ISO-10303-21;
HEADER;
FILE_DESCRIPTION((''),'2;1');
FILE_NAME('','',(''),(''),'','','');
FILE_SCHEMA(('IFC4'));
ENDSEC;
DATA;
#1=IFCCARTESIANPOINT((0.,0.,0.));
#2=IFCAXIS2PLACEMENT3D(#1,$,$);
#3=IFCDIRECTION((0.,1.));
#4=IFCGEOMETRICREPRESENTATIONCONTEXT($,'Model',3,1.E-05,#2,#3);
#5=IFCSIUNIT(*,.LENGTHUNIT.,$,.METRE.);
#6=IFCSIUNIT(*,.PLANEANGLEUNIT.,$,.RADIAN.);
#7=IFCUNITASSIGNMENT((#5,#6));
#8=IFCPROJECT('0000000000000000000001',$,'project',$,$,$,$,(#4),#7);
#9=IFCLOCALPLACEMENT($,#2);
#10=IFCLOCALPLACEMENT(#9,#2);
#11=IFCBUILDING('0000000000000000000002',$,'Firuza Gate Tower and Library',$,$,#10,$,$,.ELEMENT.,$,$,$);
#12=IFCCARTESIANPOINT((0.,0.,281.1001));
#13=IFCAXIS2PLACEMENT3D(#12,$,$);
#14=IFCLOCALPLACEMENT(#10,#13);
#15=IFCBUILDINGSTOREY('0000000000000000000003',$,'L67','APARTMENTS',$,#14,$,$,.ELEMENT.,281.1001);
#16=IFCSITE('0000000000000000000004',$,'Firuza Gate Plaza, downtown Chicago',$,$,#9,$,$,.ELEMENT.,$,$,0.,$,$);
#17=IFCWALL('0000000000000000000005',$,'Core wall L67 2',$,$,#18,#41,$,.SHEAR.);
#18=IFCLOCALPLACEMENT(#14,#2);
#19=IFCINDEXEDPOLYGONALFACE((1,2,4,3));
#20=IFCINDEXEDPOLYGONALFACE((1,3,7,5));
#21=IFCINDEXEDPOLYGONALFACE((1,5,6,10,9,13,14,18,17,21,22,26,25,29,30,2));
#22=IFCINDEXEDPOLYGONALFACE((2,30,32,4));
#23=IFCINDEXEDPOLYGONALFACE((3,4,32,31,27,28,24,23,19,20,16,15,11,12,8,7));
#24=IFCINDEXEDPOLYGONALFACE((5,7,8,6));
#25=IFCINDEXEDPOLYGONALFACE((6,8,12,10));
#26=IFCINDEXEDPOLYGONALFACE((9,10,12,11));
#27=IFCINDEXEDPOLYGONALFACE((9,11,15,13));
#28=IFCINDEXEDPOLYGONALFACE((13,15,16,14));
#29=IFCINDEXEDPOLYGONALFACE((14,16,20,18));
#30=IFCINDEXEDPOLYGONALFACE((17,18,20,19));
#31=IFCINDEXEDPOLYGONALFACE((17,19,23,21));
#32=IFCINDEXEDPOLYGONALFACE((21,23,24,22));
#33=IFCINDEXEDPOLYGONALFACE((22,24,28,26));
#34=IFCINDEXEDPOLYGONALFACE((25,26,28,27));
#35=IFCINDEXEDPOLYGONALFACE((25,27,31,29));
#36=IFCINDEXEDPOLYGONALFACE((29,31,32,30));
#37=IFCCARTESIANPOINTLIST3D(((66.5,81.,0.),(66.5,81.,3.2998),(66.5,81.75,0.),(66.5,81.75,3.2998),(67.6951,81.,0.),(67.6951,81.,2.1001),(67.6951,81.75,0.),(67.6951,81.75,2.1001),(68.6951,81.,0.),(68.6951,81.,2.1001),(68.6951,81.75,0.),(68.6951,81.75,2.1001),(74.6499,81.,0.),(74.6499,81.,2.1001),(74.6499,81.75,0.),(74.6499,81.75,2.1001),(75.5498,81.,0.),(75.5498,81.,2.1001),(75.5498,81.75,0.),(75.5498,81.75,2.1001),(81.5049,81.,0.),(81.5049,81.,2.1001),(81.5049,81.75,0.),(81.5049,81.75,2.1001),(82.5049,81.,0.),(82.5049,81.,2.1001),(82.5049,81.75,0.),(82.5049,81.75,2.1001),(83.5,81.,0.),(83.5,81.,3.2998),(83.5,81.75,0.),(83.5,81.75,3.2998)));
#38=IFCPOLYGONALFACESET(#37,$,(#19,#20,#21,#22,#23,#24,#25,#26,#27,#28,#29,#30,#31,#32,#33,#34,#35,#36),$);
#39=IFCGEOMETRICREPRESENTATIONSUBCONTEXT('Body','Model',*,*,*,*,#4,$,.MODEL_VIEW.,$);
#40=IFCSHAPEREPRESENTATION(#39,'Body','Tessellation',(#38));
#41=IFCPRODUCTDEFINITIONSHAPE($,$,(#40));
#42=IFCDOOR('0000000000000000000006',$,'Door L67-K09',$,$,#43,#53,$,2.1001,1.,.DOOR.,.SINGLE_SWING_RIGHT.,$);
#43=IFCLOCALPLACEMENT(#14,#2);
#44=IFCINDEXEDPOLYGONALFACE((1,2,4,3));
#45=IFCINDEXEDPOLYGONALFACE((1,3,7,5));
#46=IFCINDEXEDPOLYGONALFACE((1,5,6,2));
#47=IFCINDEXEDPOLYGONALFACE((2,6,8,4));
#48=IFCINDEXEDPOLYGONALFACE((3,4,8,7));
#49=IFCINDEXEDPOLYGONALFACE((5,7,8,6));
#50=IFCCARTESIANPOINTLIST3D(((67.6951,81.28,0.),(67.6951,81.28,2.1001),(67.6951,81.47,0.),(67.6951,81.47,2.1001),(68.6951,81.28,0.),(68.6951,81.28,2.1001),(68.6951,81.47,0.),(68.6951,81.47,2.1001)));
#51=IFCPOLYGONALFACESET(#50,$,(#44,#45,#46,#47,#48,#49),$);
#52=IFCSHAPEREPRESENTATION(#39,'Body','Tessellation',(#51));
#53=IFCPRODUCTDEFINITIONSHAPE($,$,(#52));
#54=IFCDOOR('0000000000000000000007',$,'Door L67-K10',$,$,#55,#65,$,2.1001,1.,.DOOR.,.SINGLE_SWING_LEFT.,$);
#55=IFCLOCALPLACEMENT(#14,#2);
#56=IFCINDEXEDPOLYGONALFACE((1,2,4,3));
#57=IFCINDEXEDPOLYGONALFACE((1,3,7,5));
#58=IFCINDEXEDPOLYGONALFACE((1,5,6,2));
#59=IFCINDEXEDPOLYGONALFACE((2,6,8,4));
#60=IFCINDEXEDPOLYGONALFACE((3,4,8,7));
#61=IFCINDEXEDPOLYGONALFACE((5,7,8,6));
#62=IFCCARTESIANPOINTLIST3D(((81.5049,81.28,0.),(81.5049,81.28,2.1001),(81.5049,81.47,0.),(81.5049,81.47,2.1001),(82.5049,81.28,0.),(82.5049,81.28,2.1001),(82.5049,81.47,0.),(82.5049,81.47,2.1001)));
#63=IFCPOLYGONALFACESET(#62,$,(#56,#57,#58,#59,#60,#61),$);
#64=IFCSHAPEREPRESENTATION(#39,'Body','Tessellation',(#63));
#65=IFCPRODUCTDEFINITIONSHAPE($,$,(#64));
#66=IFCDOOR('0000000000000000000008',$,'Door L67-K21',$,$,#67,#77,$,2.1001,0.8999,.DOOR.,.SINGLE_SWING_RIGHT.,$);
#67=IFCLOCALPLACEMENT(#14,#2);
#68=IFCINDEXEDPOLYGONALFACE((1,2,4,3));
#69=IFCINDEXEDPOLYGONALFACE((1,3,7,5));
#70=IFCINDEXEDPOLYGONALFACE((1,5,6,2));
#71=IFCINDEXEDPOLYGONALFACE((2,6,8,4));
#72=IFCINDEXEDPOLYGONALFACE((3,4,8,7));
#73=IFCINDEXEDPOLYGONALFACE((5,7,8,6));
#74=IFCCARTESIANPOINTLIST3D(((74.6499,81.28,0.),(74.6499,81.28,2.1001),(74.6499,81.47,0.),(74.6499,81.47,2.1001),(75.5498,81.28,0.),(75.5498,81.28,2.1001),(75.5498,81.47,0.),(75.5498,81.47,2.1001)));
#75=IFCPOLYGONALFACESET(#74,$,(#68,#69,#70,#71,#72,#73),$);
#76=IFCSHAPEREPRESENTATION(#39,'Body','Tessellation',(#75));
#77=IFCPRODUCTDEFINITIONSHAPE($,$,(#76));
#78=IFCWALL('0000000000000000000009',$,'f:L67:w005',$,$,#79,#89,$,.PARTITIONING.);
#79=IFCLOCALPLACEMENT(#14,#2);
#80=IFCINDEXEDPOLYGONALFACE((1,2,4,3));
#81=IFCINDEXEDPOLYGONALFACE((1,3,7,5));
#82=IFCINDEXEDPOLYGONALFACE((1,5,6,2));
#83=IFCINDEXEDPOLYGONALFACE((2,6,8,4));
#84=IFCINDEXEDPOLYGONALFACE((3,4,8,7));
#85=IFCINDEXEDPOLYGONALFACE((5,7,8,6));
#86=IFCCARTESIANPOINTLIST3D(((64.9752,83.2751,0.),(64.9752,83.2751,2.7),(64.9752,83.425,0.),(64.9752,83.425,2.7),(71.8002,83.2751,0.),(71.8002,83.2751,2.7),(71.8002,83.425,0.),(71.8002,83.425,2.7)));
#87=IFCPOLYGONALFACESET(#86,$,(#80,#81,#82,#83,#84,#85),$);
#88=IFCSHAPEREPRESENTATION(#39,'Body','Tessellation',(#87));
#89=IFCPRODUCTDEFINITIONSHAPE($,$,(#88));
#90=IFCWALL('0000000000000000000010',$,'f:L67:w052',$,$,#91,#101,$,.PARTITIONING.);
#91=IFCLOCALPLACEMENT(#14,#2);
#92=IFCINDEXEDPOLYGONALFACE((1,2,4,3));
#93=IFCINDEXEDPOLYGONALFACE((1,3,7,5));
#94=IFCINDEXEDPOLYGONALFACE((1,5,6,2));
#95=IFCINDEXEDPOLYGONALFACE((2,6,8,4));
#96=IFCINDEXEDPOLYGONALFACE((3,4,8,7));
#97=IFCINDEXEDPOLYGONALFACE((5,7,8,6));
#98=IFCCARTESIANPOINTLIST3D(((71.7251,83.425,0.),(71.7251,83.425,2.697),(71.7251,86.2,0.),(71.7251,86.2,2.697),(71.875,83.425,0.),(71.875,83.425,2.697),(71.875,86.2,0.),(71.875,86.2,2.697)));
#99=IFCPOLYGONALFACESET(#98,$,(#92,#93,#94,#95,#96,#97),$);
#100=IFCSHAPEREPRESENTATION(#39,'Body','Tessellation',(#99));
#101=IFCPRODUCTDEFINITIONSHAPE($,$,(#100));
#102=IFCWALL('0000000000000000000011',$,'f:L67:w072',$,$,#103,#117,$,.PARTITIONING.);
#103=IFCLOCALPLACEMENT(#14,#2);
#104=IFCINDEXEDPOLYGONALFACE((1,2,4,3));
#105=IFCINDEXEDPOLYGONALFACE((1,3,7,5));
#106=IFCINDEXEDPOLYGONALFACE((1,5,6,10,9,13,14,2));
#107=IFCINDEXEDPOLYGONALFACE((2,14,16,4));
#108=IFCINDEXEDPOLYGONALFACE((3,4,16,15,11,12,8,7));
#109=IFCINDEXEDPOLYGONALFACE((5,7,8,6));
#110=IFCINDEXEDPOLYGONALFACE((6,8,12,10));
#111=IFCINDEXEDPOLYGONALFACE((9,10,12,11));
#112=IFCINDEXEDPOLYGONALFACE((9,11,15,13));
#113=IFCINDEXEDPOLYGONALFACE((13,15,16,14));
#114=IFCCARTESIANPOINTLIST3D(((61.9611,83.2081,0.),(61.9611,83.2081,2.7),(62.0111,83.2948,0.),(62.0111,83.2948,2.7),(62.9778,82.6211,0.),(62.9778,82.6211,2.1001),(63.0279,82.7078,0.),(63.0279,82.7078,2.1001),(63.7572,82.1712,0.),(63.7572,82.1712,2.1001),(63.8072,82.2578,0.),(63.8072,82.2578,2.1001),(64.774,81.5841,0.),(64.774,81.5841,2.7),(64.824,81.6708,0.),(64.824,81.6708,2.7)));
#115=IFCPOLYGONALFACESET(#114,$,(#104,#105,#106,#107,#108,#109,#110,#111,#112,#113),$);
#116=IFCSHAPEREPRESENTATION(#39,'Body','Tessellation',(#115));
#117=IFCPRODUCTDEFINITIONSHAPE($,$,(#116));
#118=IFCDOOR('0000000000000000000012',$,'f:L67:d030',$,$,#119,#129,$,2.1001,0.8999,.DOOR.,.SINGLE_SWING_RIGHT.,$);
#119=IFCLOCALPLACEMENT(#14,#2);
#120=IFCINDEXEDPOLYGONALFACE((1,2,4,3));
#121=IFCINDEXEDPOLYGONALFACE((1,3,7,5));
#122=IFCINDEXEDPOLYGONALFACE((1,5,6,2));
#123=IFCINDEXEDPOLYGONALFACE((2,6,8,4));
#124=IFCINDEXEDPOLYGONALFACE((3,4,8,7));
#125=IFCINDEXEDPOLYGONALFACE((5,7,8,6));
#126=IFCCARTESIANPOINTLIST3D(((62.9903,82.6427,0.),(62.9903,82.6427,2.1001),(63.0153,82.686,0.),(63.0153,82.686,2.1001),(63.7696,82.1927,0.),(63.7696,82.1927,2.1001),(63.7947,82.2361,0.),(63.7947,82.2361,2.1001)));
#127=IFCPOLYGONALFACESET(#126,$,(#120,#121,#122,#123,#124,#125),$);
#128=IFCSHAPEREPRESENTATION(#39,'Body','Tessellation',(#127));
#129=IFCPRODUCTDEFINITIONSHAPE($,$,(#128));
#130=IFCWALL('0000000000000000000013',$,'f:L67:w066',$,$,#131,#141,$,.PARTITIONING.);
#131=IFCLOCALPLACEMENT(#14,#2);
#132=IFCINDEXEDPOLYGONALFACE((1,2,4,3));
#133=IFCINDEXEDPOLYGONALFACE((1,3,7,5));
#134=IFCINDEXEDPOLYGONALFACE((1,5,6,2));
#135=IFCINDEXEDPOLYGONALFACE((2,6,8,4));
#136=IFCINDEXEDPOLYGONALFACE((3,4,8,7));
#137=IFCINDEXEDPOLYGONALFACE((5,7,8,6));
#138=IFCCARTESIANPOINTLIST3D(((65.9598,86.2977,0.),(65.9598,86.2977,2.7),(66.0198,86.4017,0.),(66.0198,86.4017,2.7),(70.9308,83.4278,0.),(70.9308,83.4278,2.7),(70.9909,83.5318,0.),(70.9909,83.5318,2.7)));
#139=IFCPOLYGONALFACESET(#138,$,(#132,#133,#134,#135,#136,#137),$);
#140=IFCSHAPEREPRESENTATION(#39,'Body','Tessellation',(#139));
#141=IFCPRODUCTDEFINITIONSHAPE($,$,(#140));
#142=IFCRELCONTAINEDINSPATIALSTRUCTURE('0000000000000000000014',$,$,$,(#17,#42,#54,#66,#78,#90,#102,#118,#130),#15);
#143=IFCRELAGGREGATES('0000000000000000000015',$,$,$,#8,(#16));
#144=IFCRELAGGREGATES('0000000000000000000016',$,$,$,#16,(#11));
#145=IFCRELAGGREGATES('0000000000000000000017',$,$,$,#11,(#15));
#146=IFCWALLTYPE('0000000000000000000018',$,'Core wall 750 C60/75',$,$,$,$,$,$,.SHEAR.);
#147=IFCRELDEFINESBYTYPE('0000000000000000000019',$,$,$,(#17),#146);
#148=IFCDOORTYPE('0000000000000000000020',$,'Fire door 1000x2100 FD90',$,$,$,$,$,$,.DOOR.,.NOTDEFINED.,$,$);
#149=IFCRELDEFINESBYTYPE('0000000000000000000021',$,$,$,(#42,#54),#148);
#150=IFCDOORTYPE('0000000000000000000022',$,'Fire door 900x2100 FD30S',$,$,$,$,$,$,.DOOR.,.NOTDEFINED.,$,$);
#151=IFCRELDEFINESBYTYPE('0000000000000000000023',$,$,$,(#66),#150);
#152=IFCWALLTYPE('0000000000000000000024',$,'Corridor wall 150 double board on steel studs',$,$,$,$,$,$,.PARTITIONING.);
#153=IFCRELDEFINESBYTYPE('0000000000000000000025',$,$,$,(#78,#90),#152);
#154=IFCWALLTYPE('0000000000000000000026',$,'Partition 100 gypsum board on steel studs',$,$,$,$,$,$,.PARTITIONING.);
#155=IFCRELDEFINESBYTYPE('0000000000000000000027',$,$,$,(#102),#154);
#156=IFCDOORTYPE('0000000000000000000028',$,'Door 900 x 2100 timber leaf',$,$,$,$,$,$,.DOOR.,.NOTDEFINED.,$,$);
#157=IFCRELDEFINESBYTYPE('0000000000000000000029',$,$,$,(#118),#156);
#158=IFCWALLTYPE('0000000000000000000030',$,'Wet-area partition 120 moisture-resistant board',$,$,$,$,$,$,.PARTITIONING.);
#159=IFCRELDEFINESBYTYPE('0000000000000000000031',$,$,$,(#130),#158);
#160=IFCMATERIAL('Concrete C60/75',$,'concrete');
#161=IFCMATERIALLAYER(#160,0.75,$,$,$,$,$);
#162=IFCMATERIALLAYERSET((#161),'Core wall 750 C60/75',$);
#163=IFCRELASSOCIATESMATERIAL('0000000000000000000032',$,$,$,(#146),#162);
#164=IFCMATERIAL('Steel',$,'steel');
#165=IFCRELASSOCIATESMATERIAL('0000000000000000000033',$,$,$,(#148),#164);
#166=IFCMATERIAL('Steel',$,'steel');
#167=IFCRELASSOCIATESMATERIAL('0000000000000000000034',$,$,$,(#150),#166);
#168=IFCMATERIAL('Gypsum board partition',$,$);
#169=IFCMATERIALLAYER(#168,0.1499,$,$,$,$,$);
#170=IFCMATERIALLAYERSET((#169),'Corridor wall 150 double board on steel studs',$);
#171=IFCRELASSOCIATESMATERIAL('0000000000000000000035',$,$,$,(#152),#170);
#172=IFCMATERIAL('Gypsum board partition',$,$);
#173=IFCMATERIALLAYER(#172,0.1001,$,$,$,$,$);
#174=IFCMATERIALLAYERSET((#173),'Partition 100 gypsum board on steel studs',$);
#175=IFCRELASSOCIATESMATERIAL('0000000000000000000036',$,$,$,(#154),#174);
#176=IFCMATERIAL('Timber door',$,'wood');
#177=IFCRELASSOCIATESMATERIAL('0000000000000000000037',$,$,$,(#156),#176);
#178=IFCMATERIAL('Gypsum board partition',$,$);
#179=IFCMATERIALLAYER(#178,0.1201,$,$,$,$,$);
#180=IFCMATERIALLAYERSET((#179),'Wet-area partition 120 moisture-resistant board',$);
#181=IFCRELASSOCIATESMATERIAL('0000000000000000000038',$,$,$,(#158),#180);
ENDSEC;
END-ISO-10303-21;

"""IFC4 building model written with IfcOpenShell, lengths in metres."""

from ifc_helpers import new_model, si_unit, direction, frame, frame_2d, origin, place, context, subcontext, project, spatial, rectangle, extrude, material, layer, layer_set, type_object, element, fill, save


model = new_model("IFC4")

# Units and contexts
model_context = context("Model", 3, precision=1e-05, world=origin(), true_north=direction((0.0, 1.0)))
body_context = subcontext(model_context, "Body", "Model", "MODEL_VIEW")
ifc_project = project(units=[si_unit("LENGTHUNIT", "METRE"), si_unit("PLANEANGLEUNIT", "RADIAN")], contexts=[model_context])

# Site, building, storey
site_placement = place(None, origin())
site = spatial("IfcSite", under=ifc_project, at=site_placement, Name="Firuza Gate Plaza, downtown Chicago", CompositionType="ELEMENT", RefElevation=0.0)
building_placement = place(site_placement, origin())
building = spatial("IfcBuilding", under=site, at=building_placement, Name="Firuza Gate Tower and Library", CompositionType="ELEMENT")
storey_placement = place(building_placement, frame((0.0, 0.0, 281.1001)))
storey = spatial("IfcBuildingStorey", under=building, at=storey_placement, Name="L67", Description="APARTMENTS", CompositionType="ELEMENT", Elevation=281.1001)

# Wall, openings, doors
ifc_material_1 = material(Name="Concrete C60/75", Category="concrete")
ifc_layer_1 = layer(ifc_material_1, 0.75)
ifc_layer_set_1 = layer_set([ifc_layer_1], Name="Core wall 750 C60/75")
wall_type_1 = type_object("IfcWallType", Name="Core wall 750 C60/75", PredefinedType="SHEAR", material=ifc_layer_set_1)
wall_1_placement = place(storey_placement, frame((66.5, 81.375, 0.0), z_axis=(0.0, 0.0, 1.0), x_axis=(1.0, 0.0, 0.0)))
wall_1 = element("IfcWall", 1, at=wall_1_placement, inside=storey, type_object=wall_type_1, Name="Core wall L67 2", PredefinedType="SHEAR", context=body_context, shape_type="SweptSolid", body=[
    extrude(rectangle(XDim=17.0, YDim=0.75, at=frame_2d((8.5, 0.0))), origin(), (0.0, 0.0, 1.0), 3.2998),
])
opening_1_placement = place(wall_1_placement, frame((1.1951, 0.0, 0.0)))
opening_1 = element("IfcOpeningElement", 2, at=opening_1_placement, cuts=wall_1, PredefinedType="OPENING", context=body_context, shape_type="SweptSolid", body=[
    extrude(rectangle(XDim=1.0, YDim=2.1001, at=frame_2d((0.5, 1.05))), frame((0.0, 0.385, 0.0), z_axis=(0.0, -1.0, 0.0), x_axis=(1.0, 0.0, 0.0)), (0.0, 0.0, 1.0), 0.77),
])
opening_2_placement = place(wall_1_placement, frame((15.0049, 0.0, 0.0)))
opening_2 = element("IfcOpeningElement", 3, at=opening_2_placement, cuts=wall_1, PredefinedType="OPENING", context=body_context, shape_type="SweptSolid", body=[
    extrude(rectangle(XDim=1.0, YDim=2.1001, at=frame_2d((0.5, 1.05))), frame((0.0, 0.385, 0.0), z_axis=(0.0, -1.0, 0.0), x_axis=(1.0, 0.0, 0.0)), (0.0, 0.0, 1.0), 0.77),
])
opening_3_placement = place(wall_1_placement, frame((8.1499, 0.0, 0.0)))
opening_3 = element("IfcOpeningElement", 4, at=opening_3_placement, cuts=wall_1, PredefinedType="OPENING", context=body_context, shape_type="SweptSolid", body=[
    extrude(rectangle(XDim=0.8999, YDim=2.1001, at=frame_2d((0.45, 1.05))), frame((0.0, 0.385, 0.0), z_axis=(0.0, -1.0, 0.0), x_axis=(1.0, 0.0, 0.0)), (0.0, 0.0, 1.0), 0.77),
])
ifc_material_2 = material(Name="Steel", Category="steel")
door_type_1 = type_object("IfcDoorType", Name="Fire door 1000x2100 FD90", OperationType="NOTDEFINED", PredefinedType="DOOR", material=ifc_material_2)
door_1_placement = place(opening_1_placement, origin())
door_1 = element("IfcDoor", 5, at=door_1_placement, inside=storey, type_object=door_type_1, Name="Door L67-K09", OperationType="SINGLE_SWING_RIGHT", OverallHeight=2.1001, OverallWidth=1.0, PredefinedType="DOOR", context=body_context, shape_type="SweptSolid", body=[
    extrude(rectangle(XDim=1.0, YDim=2.1001, at=frame_2d((0.5, 1.05))), frame((0.0, 0.095, 0.0), z_axis=(0.0, -1.0, 0.0), x_axis=(1.0, 0.0, 0.0)), (0.0, 0.0, 1.0), 0.1899),
])
fill(opening_1, door_1)
door_2_placement = place(opening_2_placement, origin())
door_2 = element("IfcDoor", 6, at=door_2_placement, inside=storey, type_object=door_type_1, Name="Door L67-K10", OperationType="SINGLE_SWING_LEFT", OverallHeight=2.1001, OverallWidth=1.0, PredefinedType="DOOR", context=body_context, shape_type="SweptSolid", body=[
    extrude(rectangle(XDim=1.0, YDim=2.1001, at=frame_2d((0.5, 1.05))), frame((0.0, 0.095, 0.0), z_axis=(0.0, -1.0, 0.0), x_axis=(1.0, 0.0, 0.0)), (0.0, 0.0, 1.0), 0.1899),
])
fill(opening_2, door_2)
ifc_material_3 = material(Name="Steel", Category="steel")
door_type_2 = type_object("IfcDoorType", Name="Fire door 900x2100 FD30S", OperationType="NOTDEFINED", PredefinedType="DOOR", material=ifc_material_3)
door_3_placement = place(opening_3_placement, origin())
door_3 = element("IfcDoor", 7, at=door_3_placement, inside=storey, type_object=door_type_2, Name="Door L67-K21", OperationType="SINGLE_SWING_RIGHT", OverallHeight=2.1001, OverallWidth=0.8999, PredefinedType="DOOR", context=body_context, shape_type="SweptSolid", body=[
    extrude(rectangle(XDim=0.8999, YDim=2.1001, at=frame_2d((0.45, 1.05))), frame((0.0, 0.095, 0.0), z_axis=(0.0, -1.0, 0.0), x_axis=(1.0, 0.0, 0.0)), (0.0, 0.0, 1.0), 0.1899),
])
fill(opening_3, door_3)

# Walls
ifc_material_4 = material(Name="Gypsum board partition")
ifc_layer_2 = layer(ifc_material_4, 0.1499)
ifc_layer_set_2 = layer_set([ifc_layer_2], Name="Corridor wall 150 double board on steel studs")
wall_type_2 = type_object("IfcWallType", Name="Corridor wall 150 double board on steel studs", PredefinedType="PARTITIONING", material=ifc_layer_set_2)
wall_2_placement = place(storey_placement, frame((64.9751, 83.3501, 0.0), z_axis=(0.0, 0.0, 1.0), x_axis=(1.0, 0.0, 0.0)))
element("IfcWall", 8, at=wall_2_placement, inside=storey, type_object=wall_type_2, Name="f:L67:w005", PredefinedType="PARTITIONING", context=body_context, shape_type="SweptSolid", body=[
    extrude(rectangle(XDim=6.825, YDim=0.1499, at=frame_2d((3.4126, 0.0))), origin(), (0.0, 0.0, 1.0), 2.7),
])
wall_3_placement = place(storey_placement, frame((71.8, 83.425, 0.0), z_axis=(0.0, 0.0, 1.0), x_axis=(0.0, 1.0, 0.0)))
element("IfcWall", 9, at=wall_3_placement, inside=storey, type_object=wall_type_2, Name="f:L67:w052", PredefinedType="PARTITIONING", context=body_context, shape_type="SweptSolid", body=[
    extrude(rectangle(XDim=2.7749, YDim=0.1499, at=frame_2d((1.3875, 0.0))), origin(), (0.0, 0.0, 1.0), 2.697),
])

# Wall, opening, door
ifc_material_5 = material(Name="Gypsum board partition")
ifc_layer_3 = layer(ifc_material_5, 0.1001)
ifc_layer_set_3 = layer_set([ifc_layer_3], Name="Partition 100 gypsum board on steel studs")
wall_type_3 = type_object("IfcWallType", Name="Partition 100 gypsum board on steel studs", PredefinedType="PARTITIONING", material=ifc_layer_set_3)
wall_4_placement = place(storey_placement, frame((61.9861, 83.2515, 0.0), z_axis=(0.0, 0.0, 1.0), x_axis=(0.866033, -0.499987, 0.0)))
wall_4 = element("IfcWall", 10, at=wall_4_placement, inside=storey, type_object=wall_type_3, Name="f:L67:w072", PredefinedType="PARTITIONING", context=body_context, shape_type="SweptSolid", body=[
    extrude(rectangle(XDim=3.248, YDim=0.1001, at=frame_2d((1.624, 0.0))), origin(), (0.0, 0.0, 1.0), 2.7),
])
opening_4_placement = place(wall_4_placement, frame((1.1741, 0.0, 0.0)))
opening_4 = element("IfcOpeningElement", 11, at=opening_4_placement, cuts=wall_4, PredefinedType="OPENING", context=body_context, shape_type="SweptSolid", body=[
    extrude(rectangle(XDim=0.8999, YDim=2.1001, at=frame_2d((0.45, 1.05))), frame((0.0, 0.0601, 0.0), z_axis=(0.0, -1.0, 0.0), x_axis=(1.0, 0.0, 0.0)), (0.0, 0.0, 1.0), 0.1201),
])
ifc_material_6 = material(Name="Timber door", Category="wood")
door_type_3 = type_object("IfcDoorType", Name="Door 900 x 2100 timber leaf", OperationType="NOTDEFINED", PredefinedType="DOOR", material=ifc_material_6)
door_4_placement = place(opening_4_placement, origin())
door_4 = element("IfcDoor", 12, at=door_4_placement, inside=storey, type_object=door_type_3, Name="f:L67:d030", OperationType="SINGLE_SWING_RIGHT", OverallHeight=2.1001, OverallWidth=0.8999, PredefinedType="DOOR", context=body_context, shape_type="SweptSolid", body=[
    extrude(rectangle(XDim=0.8999, YDim=2.1001, at=frame_2d((0.45, 1.05))), frame((0.0, 0.0249, 0.0), z_axis=(0.0, -1.0, 0.0), x_axis=(1.0, 0.0, 0.0)), (0.0, 0.0, 1.0), 0.05),
])
fill(opening_4, door_4)

# Wall
ifc_material_7 = material(Name="Gypsum board partition")
ifc_layer_4 = layer(ifc_material_7, 0.1201)
ifc_layer_set_4 = layer_set([ifc_layer_4], Name="Wet-area partition 120 moisture-resistant board")
wall_type_4 = type_object("IfcWallType", Name="Wet-area partition 120 moisture-resistant board", PredefinedType="PARTITIONING", material=ifc_layer_set_4)
wall_5_placement = place(storey_placement, frame((70.9609, 83.4797, 0.0), z_axis=(0.0, 0.0, 1.0), x_axis=(-0.866033, 0.499986, 0.0)))
element("IfcWall", 13, at=wall_5_placement, inside=storey, type_object=wall_type_4, Name="f:L67:w066", PredefinedType="PARTITIONING", context=body_context, shape_type="SweptSolid", body=[
    extrude(rectangle(XDim=5.74, YDim=0.1201, at=frame_2d((2.8701, 0.0))), origin(), (0.0, 0.0, 1.0), 2.7),
])

save(model, "model.ifc")
